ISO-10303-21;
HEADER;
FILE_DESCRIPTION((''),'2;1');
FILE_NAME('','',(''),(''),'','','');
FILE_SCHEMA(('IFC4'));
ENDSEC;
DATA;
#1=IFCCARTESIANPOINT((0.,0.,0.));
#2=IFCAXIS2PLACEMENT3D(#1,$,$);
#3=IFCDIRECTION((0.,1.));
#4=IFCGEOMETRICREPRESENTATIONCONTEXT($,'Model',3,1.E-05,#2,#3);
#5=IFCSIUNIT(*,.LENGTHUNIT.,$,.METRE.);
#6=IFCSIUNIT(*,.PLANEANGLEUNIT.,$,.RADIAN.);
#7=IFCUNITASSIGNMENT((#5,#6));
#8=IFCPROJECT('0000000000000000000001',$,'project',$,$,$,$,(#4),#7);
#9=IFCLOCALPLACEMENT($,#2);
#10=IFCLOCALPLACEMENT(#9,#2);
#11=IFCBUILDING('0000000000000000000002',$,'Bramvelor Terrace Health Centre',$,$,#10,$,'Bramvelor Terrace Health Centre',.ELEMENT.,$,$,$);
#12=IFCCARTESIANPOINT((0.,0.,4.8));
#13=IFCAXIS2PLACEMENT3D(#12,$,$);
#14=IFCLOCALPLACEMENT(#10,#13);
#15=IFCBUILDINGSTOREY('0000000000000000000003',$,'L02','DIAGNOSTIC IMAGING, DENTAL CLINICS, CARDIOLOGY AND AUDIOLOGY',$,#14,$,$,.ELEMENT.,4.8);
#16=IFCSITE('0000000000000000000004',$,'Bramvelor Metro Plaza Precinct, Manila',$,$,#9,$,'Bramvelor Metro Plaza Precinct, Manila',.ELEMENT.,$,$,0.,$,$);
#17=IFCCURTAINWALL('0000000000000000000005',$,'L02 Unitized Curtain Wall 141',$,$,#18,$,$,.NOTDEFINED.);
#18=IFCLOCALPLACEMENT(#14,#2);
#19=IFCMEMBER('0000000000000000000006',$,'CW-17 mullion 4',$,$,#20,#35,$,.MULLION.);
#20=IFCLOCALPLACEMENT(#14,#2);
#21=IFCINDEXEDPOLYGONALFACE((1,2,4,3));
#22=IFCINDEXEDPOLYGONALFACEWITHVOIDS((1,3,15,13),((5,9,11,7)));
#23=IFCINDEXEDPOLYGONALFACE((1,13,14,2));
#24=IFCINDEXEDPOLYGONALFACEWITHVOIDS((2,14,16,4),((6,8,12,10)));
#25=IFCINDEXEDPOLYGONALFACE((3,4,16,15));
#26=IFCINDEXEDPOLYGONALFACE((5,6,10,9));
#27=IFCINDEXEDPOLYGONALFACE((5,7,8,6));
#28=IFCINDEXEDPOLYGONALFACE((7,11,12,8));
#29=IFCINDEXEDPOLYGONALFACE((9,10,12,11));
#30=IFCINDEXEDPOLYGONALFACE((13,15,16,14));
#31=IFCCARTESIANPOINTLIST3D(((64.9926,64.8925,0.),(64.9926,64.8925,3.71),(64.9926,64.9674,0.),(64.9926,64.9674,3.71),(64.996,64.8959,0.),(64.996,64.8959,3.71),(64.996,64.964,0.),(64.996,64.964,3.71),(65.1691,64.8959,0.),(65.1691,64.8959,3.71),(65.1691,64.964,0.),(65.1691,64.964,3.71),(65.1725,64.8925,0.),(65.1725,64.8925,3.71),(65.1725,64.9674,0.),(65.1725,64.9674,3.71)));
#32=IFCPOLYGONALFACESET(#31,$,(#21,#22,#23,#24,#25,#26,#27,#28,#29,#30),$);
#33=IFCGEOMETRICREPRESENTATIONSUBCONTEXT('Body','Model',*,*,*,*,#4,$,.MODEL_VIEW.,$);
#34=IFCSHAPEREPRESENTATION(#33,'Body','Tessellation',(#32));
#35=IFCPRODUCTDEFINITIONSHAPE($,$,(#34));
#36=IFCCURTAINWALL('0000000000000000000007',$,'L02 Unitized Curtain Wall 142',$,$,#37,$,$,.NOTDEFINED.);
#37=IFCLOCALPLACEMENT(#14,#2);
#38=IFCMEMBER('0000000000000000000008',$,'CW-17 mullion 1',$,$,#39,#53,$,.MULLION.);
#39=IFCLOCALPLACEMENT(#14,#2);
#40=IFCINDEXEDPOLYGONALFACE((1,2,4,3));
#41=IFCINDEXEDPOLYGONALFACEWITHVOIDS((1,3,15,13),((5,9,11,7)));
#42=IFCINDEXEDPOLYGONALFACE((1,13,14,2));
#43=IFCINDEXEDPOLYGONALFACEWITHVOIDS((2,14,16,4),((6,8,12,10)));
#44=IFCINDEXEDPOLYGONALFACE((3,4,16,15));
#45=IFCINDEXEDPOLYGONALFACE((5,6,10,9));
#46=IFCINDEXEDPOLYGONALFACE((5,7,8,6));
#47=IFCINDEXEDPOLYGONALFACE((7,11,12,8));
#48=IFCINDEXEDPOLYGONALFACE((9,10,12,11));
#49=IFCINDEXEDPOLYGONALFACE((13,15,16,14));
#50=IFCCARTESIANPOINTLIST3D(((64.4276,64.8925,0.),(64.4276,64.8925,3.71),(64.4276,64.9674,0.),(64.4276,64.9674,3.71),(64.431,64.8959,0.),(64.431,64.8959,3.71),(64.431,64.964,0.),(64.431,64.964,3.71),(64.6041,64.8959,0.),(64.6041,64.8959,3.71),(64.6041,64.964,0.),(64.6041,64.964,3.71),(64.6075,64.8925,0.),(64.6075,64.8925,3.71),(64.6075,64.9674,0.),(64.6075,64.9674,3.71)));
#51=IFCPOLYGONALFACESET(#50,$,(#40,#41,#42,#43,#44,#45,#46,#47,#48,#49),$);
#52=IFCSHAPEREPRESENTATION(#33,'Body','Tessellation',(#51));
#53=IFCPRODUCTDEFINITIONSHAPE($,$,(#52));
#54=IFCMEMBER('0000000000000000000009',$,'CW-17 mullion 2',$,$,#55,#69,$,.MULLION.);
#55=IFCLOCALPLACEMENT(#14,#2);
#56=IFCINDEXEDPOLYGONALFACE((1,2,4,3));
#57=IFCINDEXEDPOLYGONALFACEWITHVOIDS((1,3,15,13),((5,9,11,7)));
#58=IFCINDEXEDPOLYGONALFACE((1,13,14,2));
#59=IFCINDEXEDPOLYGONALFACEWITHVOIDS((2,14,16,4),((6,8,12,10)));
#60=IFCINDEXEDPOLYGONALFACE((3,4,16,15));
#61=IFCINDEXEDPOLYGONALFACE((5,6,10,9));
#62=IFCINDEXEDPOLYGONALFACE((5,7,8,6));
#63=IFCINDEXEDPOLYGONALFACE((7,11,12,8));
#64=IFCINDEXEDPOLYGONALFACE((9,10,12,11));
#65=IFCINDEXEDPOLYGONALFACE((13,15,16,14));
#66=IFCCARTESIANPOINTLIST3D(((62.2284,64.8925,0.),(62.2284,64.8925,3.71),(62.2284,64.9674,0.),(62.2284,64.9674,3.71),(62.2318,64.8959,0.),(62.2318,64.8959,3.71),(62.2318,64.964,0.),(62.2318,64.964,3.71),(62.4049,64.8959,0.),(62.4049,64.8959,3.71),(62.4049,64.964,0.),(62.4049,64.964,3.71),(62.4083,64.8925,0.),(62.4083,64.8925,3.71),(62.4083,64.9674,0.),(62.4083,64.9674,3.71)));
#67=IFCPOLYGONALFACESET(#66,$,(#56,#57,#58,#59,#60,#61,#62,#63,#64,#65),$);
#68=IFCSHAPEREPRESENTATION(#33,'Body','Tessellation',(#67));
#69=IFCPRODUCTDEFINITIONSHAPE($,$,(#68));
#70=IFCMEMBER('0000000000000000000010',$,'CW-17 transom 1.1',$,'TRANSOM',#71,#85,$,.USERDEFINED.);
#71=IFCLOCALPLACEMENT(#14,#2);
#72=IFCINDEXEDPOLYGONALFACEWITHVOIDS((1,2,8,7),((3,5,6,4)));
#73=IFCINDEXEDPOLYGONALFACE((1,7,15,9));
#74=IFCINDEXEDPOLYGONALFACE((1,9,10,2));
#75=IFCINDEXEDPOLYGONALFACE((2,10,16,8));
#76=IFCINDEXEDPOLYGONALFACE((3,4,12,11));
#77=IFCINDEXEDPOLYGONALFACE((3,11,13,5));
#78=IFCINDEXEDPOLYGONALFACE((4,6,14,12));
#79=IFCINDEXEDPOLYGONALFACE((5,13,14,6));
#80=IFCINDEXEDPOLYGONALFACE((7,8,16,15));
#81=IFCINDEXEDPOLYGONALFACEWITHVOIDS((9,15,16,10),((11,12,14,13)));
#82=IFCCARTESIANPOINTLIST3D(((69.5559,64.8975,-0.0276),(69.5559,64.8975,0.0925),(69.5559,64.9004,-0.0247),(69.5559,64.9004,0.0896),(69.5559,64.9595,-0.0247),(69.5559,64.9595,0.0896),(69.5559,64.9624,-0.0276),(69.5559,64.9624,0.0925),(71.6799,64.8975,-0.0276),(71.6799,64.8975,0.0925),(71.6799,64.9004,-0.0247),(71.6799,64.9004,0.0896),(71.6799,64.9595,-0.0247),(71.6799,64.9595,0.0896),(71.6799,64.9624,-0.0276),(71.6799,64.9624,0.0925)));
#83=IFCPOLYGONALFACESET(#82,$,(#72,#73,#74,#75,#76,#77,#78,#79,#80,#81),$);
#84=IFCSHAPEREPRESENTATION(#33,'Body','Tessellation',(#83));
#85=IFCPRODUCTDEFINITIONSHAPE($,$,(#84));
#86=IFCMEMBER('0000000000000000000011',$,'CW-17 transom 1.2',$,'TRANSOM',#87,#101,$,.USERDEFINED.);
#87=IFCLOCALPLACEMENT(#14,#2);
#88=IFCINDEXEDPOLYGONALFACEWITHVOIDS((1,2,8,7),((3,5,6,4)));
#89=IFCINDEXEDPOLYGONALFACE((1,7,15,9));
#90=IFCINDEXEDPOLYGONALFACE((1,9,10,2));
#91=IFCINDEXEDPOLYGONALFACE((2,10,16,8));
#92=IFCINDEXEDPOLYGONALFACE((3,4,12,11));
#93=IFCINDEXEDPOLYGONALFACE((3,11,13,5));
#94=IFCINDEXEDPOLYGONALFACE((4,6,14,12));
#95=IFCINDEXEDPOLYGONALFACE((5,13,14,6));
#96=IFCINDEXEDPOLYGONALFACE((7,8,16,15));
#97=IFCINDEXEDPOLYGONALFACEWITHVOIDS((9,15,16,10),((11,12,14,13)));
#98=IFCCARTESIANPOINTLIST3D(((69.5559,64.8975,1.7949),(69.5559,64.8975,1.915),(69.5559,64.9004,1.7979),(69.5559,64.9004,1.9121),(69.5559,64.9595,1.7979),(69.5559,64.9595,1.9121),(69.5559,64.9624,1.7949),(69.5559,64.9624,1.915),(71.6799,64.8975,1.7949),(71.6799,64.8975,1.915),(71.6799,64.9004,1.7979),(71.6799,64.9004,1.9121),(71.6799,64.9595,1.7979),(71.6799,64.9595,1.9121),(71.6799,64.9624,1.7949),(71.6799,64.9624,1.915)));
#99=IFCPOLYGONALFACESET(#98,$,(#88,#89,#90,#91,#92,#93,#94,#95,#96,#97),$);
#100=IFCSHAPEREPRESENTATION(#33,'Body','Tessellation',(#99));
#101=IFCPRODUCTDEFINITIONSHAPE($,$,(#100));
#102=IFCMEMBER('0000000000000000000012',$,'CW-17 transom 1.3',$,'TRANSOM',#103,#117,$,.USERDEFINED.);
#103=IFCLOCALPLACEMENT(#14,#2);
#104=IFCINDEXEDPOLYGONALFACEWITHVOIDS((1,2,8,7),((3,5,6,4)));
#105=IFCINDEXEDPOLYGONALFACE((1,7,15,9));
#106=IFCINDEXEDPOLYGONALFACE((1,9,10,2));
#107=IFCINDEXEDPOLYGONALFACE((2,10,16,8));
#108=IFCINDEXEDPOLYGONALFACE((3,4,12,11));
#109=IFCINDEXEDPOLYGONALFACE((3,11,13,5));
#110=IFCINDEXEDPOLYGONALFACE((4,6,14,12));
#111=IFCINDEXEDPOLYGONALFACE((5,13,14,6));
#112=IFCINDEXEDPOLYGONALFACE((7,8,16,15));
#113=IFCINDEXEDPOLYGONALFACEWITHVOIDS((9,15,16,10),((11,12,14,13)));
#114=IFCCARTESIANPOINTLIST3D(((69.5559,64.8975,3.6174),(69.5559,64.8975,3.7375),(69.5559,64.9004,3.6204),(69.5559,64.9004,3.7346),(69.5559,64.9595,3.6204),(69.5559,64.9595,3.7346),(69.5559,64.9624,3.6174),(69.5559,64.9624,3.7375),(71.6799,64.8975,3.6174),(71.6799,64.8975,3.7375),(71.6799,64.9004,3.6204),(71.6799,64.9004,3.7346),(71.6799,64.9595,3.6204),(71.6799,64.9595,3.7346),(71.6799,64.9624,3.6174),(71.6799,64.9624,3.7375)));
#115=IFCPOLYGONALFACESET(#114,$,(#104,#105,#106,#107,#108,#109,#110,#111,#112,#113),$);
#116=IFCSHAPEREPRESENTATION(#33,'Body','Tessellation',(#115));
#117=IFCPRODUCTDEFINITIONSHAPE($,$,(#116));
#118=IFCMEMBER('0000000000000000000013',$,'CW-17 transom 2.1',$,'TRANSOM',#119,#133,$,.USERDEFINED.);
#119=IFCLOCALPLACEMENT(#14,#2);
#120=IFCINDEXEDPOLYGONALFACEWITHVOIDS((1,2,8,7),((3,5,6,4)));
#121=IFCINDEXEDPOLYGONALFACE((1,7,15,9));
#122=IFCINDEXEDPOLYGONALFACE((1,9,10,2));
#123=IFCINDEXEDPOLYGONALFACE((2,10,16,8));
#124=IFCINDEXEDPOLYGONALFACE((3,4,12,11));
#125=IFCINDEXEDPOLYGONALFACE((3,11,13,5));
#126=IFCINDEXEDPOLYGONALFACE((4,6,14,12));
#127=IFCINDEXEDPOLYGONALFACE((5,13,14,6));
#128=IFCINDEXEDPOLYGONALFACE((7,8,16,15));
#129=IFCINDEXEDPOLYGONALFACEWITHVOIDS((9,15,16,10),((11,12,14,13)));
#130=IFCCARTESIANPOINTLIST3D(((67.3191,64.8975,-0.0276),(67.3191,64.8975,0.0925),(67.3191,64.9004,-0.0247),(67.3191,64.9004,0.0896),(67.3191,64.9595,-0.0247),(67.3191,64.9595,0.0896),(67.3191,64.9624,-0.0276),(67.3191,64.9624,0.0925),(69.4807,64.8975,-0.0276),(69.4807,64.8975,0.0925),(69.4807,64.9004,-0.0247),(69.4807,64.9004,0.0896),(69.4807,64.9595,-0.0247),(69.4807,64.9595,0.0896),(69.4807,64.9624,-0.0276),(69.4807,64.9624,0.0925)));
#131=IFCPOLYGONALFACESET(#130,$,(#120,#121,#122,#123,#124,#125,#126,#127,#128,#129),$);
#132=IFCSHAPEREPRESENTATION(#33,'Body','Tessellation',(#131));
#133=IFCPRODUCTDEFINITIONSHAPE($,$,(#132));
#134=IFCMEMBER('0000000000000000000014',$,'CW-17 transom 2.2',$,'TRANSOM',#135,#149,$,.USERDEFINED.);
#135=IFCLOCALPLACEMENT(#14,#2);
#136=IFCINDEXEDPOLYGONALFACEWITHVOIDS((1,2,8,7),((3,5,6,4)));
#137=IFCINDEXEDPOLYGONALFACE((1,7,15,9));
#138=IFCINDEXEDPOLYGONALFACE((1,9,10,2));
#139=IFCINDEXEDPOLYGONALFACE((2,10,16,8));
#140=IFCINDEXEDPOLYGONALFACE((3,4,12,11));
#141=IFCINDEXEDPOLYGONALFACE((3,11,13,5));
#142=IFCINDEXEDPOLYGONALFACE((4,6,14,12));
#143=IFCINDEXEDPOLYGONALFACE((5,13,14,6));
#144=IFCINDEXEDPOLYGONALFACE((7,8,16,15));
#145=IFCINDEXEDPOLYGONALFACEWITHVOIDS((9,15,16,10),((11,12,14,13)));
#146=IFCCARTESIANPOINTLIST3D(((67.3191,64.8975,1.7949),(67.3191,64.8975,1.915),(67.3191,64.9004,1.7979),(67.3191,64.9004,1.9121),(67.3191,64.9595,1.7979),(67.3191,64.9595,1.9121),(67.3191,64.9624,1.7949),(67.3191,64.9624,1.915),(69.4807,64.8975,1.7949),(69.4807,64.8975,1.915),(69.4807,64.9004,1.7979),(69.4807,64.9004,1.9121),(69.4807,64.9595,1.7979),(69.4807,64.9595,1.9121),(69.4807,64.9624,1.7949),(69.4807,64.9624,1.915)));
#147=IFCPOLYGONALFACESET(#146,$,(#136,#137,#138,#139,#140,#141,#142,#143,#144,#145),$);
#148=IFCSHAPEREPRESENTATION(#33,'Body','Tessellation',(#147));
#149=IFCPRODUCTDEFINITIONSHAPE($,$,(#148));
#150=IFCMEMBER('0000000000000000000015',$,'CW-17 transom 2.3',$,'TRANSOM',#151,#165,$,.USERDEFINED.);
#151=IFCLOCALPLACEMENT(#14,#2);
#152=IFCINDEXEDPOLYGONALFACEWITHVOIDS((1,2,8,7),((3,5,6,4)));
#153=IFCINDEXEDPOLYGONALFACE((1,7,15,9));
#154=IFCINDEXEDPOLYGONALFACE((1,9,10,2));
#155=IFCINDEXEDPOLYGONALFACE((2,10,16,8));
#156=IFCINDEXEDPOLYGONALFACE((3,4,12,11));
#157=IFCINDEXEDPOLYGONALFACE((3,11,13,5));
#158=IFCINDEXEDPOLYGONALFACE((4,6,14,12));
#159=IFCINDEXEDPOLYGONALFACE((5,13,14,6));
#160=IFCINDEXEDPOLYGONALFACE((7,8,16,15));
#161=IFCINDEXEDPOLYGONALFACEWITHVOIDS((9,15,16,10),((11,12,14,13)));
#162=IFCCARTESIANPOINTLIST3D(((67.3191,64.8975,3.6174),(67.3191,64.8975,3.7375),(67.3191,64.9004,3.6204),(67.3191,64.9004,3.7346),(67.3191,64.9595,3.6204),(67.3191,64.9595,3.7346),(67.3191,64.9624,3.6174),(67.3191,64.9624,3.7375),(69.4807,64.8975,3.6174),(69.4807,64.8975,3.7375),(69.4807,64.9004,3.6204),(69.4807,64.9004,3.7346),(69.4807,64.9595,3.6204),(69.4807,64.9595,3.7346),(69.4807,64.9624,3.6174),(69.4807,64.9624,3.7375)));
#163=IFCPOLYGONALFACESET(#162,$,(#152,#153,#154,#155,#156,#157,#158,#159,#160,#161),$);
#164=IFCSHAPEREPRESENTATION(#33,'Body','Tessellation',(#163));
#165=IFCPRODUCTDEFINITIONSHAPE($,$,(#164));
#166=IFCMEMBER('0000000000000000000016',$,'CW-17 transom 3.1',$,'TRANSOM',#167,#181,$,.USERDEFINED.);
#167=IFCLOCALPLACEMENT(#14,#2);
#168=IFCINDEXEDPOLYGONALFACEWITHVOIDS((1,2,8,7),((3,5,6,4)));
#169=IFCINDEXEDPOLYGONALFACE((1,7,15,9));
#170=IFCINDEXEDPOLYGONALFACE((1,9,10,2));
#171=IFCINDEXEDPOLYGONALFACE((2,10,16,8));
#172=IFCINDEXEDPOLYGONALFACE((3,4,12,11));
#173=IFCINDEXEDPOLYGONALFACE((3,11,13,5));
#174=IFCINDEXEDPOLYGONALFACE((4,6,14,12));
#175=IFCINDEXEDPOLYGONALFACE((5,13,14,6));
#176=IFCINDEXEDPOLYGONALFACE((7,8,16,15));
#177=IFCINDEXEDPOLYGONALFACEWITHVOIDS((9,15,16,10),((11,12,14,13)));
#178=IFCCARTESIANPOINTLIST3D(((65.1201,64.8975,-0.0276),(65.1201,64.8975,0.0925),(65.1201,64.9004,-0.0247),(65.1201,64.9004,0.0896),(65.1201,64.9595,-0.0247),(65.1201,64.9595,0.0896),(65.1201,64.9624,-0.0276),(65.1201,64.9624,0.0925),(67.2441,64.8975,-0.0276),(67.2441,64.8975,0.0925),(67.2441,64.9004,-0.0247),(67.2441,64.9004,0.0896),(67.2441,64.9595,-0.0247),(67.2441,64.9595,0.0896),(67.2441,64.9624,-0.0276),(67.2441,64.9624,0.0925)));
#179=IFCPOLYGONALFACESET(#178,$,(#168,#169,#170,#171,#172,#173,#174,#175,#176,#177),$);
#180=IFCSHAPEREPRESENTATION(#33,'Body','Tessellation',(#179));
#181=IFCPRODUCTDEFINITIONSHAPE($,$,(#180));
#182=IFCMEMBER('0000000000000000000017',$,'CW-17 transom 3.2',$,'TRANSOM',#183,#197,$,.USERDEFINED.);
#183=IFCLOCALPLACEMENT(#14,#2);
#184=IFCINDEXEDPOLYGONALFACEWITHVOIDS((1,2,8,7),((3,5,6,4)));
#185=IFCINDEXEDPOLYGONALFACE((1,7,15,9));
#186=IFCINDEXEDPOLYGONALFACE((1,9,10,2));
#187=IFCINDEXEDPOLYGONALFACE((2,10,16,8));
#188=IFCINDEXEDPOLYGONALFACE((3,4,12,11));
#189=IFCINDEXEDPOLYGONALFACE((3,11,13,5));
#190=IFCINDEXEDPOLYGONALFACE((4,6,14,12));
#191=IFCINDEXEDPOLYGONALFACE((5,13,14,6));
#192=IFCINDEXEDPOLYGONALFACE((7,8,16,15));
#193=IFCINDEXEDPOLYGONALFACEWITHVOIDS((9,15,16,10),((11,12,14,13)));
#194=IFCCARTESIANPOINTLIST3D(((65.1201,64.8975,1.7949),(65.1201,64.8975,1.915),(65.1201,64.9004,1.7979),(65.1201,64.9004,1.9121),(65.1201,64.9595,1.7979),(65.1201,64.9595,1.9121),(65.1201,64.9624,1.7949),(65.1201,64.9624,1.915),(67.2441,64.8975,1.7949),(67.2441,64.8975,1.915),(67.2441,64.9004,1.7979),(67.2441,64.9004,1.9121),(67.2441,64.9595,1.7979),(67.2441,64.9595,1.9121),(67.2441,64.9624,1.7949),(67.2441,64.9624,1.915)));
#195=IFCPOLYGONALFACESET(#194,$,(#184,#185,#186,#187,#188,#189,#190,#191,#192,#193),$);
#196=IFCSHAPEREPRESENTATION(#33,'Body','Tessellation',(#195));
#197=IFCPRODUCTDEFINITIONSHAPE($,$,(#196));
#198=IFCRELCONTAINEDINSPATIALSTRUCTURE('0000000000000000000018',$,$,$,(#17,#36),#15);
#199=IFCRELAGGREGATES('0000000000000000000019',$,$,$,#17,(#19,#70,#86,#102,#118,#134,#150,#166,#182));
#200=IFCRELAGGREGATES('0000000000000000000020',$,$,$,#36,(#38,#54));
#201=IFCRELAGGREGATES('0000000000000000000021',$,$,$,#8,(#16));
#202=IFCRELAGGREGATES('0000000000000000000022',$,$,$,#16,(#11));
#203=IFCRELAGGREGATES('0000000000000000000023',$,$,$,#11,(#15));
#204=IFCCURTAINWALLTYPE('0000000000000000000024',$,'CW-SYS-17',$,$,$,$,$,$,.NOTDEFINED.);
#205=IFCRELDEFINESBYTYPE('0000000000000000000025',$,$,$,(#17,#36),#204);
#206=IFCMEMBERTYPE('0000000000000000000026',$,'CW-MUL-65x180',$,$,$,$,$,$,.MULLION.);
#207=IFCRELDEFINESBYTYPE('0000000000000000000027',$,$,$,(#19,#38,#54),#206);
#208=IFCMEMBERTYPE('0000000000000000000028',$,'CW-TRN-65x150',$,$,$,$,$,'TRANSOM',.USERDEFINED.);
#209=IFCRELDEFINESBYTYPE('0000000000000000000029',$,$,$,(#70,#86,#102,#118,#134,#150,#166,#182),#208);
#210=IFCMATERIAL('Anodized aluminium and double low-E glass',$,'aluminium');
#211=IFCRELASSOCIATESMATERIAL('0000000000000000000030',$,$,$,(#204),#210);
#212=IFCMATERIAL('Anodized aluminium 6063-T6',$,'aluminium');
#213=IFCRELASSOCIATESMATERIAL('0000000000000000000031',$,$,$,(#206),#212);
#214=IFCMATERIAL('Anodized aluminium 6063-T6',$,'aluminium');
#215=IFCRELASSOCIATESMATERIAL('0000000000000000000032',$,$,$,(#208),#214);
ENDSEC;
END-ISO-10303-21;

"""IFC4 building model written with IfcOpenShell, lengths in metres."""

from ifc_helpers import new_model, si_unit, direction, frame, origin, origin_2d, place, context, subcontext, project, spatial, hollow_rectangle, extrude, material, material_profile, profile_set, type_object, element, aggregate, save


model = new_model("IFC4")

# Units and contexts
model_context = context("Model", 3, precision=1e-05, world=origin(), true_north=direction((0.0, 1.0)))
body_context = subcontext(model_context, "Body", "Model", "MODEL_VIEW")
ifc_project = project(units=[si_unit("LENGTHUNIT", "METRE"), si_unit("PLANEANGLEUNIT", "RADIAN")], contexts=[model_context])

# Site, building, storey
site_placement = place(None, origin())
site = spatial("IfcSite", under=ifc_project, at=site_placement, Name="Bramvelor Metro Plaza Precinct, Manila", LongName="Bramvelor Metro Plaza Precinct, Manila", CompositionType="ELEMENT", RefElevation=0.0)
building_placement = place(site_placement, origin())
building = spatial("IfcBuilding", under=site, at=building_placement, Name="Bramvelor Terrace Health Centre", LongName="Bramvelor Terrace Health Centre", CompositionType="ELEMENT")
storey_placement = place(building_placement, frame((0.0, 0.0, 4.8)))
storey = spatial("IfcBuildingStorey", under=building, at=storey_placement, Name="L02", Description="DIAGNOSTIC IMAGING, DENTAL CLINICS, CARDIOLOGY AND AUDIOLOGY", CompositionType="ELEMENT", Elevation=4.8)

# Shared definitions
ifc_material_1 = material(Name="Anodized aluminium and double low-E glass", Category="aluminium")
curtain_wall_type = type_object("IfcCurtainWallType", Name="CW-SYS-17", PredefinedType="NOTDEFINED", material=ifc_material_1)
ifc_material_2 = material(Name="Anodized aluminium 6063-T6", Category="aluminium")
ifc_material_profile_1 = material_profile(ifc_material_2, hollow_rectangle(XDim=0.075, YDim=0.1799, WallThickness=0.0034, at=origin_2d()), Name="ALU-MUL 75x180x3.5")
ifc_profile_set_1 = profile_set([ifc_material_profile_1], Name="Anodized aluminium 6063-T6")
member_type_1 = type_object("IfcMemberType", Name="CW-MUL-65x180", PredefinedType="MULLION", material=ifc_profile_set_1)

# Curtain walls, members
curtain_wall_1_placement = place(storey_placement, origin())
curtain_wall_1 = element("IfcCurtainWall", 1, at=curtain_wall_1_placement, inside=storey, type_object=curtain_wall_type, Name="L02 Unitized Curtain Wall 141", PredefinedType="NOTDEFINED")
member_1_placement = place(storey_placement, frame((65.0825, 64.9299, 0.0), z_axis=(0.0, 0.0, 1.0), x_axis=(0.0, -1.0, 0.0)))
member_1 = element("IfcMember", 2, at=member_1_placement, type_object=member_type_1, Name="CW-17 mullion 4", PredefinedType="MULLION", context=body_context, shape_type="SweptSolid", body=[
    extrude(hollow_rectangle(XDim=0.075, YDim=0.1799, WallThickness=0.0034, at=origin_2d()), origin(), (0.0, 0.0, 1.0), 3.71),
])
curtain_wall_2_placement = place(storey_placement, origin())
curtain_wall_2 = element("IfcCurtainWall", 3, at=curtain_wall_2_placement, inside=storey, type_object=curtain_wall_type, Name="L02 Unitized Curtain Wall 142", PredefinedType="NOTDEFINED")
member_2_placement = place(storey_placement, frame((64.5176, 64.9299, 0.0), z_axis=(0.0, 0.0, 1.0), x_axis=(0.0, -1.0, 0.0)))
member_2 = element("IfcMember", 4, at=member_2_placement, type_object=member_type_1, Name="CW-17 mullion 1", PredefinedType="MULLION", context=body_context, shape_type="SweptSolid", body=[
    extrude(hollow_rectangle(XDim=0.075, YDim=0.1799, WallThickness=0.0034, at=origin_2d()), origin(), (0.0, 0.0, 1.0), 3.71),
])
member_3_placement = place(storey_placement, frame((62.3184, 64.9299, 0.0), z_axis=(0.0, 0.0, 1.0), x_axis=(0.0, -1.0, 0.0)))
member_3 = element("IfcMember", 5, at=member_3_placement, type_object=member_type_1, Name="CW-17 mullion 2", PredefinedType="MULLION", context=body_context, shape_type="SweptSolid", body=[
    extrude(hollow_rectangle(XDim=0.075, YDim=0.1799, WallThickness=0.0034, at=origin_2d()), origin(), (0.0, 0.0, 1.0), 3.71),
])

# Members
ifc_material_3 = material(Name="Anodized aluminium 6063-T6", Category="aluminium")
ifc_material_profile_2 = material_profile(ifc_material_3, hollow_rectangle(XDim=0.0649, YDim=0.1201, WallThickness=0.0029, at=origin_2d()), Name="ALU-TRN 65x120x3.0")
ifc_profile_set_2 = profile_set([ifc_material_profile_2], Name="Anodized aluminium 6063-T6")
member_type_2 = type_object("IfcMemberType", Name="CW-TRN-65x150", ElementType="TRANSOM", PredefinedType="USERDEFINED", material=ifc_profile_set_2)
member_4_placement = place(storey_placement, frame((71.6799, 64.9299, 0.0325), z_axis=(-1.0, 0.0, 0.0), x_axis=(0.0, -1.0, 0.0)))
member_4 = element("IfcMember", 6, at=member_4_placement, type_object=member_type_2, Name="CW-17 transom 1.1", ObjectType="TRANSOM", PredefinedType="USERDEFINED", context=body_context, shape_type="SweptSolid", body=[
    extrude(hollow_rectangle(XDim=0.0649, YDim=0.1201, WallThickness=0.0029, at=origin_2d()), origin(), (0.0, 0.0, 1.0), 2.124),
])
member_5_placement = place(storey_placement, frame((71.6799, 64.9299, 1.855), z_axis=(-1.0, 0.0, 0.0), x_axis=(0.0, -1.0, 0.0)))
member_5 = element("IfcMember", 7, at=member_5_placement, type_object=member_type_2, Name="CW-17 transom 1.2", ObjectType="TRANSOM", PredefinedType="USERDEFINED", context=body_context, shape_type="SweptSolid", body=[
    extrude(hollow_rectangle(XDim=0.0649, YDim=0.1201, WallThickness=0.0029, at=origin_2d()), origin(), (0.0, 0.0, 1.0), 2.124),
])
member_6_placement = place(storey_placement, frame((71.6799, 64.9299, 3.6775), z_axis=(-1.0, 0.0, 0.0), x_axis=(0.0, -1.0, 0.0)))
member_6 = element("IfcMember", 8, at=member_6_placement, type_object=member_type_2, Name="CW-17 transom 1.3", ObjectType="TRANSOM", PredefinedType="USERDEFINED", context=body_context, shape_type="SweptSolid", body=[
    extrude(hollow_rectangle(XDim=0.0649, YDim=0.1201, WallThickness=0.0029, at=origin_2d()), origin(), (0.0, 0.0, 1.0), 2.124),
])
member_7_placement = place(storey_placement, frame((69.4807, 64.9299, 0.0325), z_axis=(-1.0, 0.0, 0.0), x_axis=(0.0, -1.0, 0.0)))
member_7 = element("IfcMember", 9, at=member_7_placement, type_object=member_type_2, Name="CW-17 transom 2.1", ObjectType="TRANSOM", PredefinedType="USERDEFINED", context=body_context, shape_type="SweptSolid", body=[
    extrude(hollow_rectangle(XDim=0.0649, YDim=0.1201, WallThickness=0.0029, at=origin_2d()), origin(), (0.0, 0.0, 1.0), 2.1616),
])
member_8_placement = place(storey_placement, frame((69.4807, 64.9299, 1.855), z_axis=(-1.0, 0.0, 0.0), x_axis=(0.0, -1.0, 0.0)))
member_8 = element("IfcMember", 10, at=member_8_placement, type_object=member_type_2, Name="CW-17 transom 2.2", ObjectType="TRANSOM", PredefinedType="USERDEFINED", context=body_context, shape_type="SweptSolid", body=[
    extrude(hollow_rectangle(XDim=0.0649, YDim=0.1201, WallThickness=0.0029, at=origin_2d()), origin(), (0.0, 0.0, 1.0), 2.1616),
])
member_9_placement = place(storey_placement, frame((69.4807, 64.9299, 3.6775), z_axis=(-1.0, 0.0, 0.0), x_axis=(0.0, -1.0, 0.0)))
member_9 = element("IfcMember", 11, at=member_9_placement, type_object=member_type_2, Name="CW-17 transom 2.3", ObjectType="TRANSOM", PredefinedType="USERDEFINED", context=body_context, shape_type="SweptSolid", body=[
    extrude(hollow_rectangle(XDim=0.0649, YDim=0.1201, WallThickness=0.0029, at=origin_2d()), origin(), (0.0, 0.0, 1.0), 2.1616),
])
member_10_placement = place(storey_placement, frame((67.2441, 64.9299, 0.0325), z_axis=(-1.0, 0.0, 0.0), x_axis=(0.0, -1.0, 0.0)))
member_10 = element("IfcMember", 12, at=member_10_placement, type_object=member_type_2, Name="CW-17 transom 3.1", ObjectType="TRANSOM", PredefinedType="USERDEFINED", context=body_context, shape_type="SweptSolid", body=[
    extrude(hollow_rectangle(XDim=0.0649, YDim=0.1201, WallThickness=0.0029, at=origin_2d()), origin(), (0.0, 0.0, 1.0), 2.124),
])
member_11_placement = place(storey_placement, frame((67.2441, 64.9299, 1.855), z_axis=(-1.0, 0.0, 0.0), x_axis=(0.0, -1.0, 0.0)))
member_11 = element("IfcMember", 13, at=member_11_placement, type_object=member_type_2, Name="CW-17 transom 3.2", ObjectType="TRANSOM", PredefinedType="USERDEFINED", context=body_context, shape_type="SweptSolid", body=[
    extrude(hollow_rectangle(XDim=0.0649, YDim=0.1201, WallThickness=0.0029, at=origin_2d()), origin(), (0.0, 0.0, 1.0), 2.124),
])

aggregate(curtain_wall_1, [member_1, member_4, member_5, member_6, member_7, member_8, member_9, member_10, member_11])
aggregate(curtain_wall_2, [member_2, member_3])

save(model, "model.ifc")
